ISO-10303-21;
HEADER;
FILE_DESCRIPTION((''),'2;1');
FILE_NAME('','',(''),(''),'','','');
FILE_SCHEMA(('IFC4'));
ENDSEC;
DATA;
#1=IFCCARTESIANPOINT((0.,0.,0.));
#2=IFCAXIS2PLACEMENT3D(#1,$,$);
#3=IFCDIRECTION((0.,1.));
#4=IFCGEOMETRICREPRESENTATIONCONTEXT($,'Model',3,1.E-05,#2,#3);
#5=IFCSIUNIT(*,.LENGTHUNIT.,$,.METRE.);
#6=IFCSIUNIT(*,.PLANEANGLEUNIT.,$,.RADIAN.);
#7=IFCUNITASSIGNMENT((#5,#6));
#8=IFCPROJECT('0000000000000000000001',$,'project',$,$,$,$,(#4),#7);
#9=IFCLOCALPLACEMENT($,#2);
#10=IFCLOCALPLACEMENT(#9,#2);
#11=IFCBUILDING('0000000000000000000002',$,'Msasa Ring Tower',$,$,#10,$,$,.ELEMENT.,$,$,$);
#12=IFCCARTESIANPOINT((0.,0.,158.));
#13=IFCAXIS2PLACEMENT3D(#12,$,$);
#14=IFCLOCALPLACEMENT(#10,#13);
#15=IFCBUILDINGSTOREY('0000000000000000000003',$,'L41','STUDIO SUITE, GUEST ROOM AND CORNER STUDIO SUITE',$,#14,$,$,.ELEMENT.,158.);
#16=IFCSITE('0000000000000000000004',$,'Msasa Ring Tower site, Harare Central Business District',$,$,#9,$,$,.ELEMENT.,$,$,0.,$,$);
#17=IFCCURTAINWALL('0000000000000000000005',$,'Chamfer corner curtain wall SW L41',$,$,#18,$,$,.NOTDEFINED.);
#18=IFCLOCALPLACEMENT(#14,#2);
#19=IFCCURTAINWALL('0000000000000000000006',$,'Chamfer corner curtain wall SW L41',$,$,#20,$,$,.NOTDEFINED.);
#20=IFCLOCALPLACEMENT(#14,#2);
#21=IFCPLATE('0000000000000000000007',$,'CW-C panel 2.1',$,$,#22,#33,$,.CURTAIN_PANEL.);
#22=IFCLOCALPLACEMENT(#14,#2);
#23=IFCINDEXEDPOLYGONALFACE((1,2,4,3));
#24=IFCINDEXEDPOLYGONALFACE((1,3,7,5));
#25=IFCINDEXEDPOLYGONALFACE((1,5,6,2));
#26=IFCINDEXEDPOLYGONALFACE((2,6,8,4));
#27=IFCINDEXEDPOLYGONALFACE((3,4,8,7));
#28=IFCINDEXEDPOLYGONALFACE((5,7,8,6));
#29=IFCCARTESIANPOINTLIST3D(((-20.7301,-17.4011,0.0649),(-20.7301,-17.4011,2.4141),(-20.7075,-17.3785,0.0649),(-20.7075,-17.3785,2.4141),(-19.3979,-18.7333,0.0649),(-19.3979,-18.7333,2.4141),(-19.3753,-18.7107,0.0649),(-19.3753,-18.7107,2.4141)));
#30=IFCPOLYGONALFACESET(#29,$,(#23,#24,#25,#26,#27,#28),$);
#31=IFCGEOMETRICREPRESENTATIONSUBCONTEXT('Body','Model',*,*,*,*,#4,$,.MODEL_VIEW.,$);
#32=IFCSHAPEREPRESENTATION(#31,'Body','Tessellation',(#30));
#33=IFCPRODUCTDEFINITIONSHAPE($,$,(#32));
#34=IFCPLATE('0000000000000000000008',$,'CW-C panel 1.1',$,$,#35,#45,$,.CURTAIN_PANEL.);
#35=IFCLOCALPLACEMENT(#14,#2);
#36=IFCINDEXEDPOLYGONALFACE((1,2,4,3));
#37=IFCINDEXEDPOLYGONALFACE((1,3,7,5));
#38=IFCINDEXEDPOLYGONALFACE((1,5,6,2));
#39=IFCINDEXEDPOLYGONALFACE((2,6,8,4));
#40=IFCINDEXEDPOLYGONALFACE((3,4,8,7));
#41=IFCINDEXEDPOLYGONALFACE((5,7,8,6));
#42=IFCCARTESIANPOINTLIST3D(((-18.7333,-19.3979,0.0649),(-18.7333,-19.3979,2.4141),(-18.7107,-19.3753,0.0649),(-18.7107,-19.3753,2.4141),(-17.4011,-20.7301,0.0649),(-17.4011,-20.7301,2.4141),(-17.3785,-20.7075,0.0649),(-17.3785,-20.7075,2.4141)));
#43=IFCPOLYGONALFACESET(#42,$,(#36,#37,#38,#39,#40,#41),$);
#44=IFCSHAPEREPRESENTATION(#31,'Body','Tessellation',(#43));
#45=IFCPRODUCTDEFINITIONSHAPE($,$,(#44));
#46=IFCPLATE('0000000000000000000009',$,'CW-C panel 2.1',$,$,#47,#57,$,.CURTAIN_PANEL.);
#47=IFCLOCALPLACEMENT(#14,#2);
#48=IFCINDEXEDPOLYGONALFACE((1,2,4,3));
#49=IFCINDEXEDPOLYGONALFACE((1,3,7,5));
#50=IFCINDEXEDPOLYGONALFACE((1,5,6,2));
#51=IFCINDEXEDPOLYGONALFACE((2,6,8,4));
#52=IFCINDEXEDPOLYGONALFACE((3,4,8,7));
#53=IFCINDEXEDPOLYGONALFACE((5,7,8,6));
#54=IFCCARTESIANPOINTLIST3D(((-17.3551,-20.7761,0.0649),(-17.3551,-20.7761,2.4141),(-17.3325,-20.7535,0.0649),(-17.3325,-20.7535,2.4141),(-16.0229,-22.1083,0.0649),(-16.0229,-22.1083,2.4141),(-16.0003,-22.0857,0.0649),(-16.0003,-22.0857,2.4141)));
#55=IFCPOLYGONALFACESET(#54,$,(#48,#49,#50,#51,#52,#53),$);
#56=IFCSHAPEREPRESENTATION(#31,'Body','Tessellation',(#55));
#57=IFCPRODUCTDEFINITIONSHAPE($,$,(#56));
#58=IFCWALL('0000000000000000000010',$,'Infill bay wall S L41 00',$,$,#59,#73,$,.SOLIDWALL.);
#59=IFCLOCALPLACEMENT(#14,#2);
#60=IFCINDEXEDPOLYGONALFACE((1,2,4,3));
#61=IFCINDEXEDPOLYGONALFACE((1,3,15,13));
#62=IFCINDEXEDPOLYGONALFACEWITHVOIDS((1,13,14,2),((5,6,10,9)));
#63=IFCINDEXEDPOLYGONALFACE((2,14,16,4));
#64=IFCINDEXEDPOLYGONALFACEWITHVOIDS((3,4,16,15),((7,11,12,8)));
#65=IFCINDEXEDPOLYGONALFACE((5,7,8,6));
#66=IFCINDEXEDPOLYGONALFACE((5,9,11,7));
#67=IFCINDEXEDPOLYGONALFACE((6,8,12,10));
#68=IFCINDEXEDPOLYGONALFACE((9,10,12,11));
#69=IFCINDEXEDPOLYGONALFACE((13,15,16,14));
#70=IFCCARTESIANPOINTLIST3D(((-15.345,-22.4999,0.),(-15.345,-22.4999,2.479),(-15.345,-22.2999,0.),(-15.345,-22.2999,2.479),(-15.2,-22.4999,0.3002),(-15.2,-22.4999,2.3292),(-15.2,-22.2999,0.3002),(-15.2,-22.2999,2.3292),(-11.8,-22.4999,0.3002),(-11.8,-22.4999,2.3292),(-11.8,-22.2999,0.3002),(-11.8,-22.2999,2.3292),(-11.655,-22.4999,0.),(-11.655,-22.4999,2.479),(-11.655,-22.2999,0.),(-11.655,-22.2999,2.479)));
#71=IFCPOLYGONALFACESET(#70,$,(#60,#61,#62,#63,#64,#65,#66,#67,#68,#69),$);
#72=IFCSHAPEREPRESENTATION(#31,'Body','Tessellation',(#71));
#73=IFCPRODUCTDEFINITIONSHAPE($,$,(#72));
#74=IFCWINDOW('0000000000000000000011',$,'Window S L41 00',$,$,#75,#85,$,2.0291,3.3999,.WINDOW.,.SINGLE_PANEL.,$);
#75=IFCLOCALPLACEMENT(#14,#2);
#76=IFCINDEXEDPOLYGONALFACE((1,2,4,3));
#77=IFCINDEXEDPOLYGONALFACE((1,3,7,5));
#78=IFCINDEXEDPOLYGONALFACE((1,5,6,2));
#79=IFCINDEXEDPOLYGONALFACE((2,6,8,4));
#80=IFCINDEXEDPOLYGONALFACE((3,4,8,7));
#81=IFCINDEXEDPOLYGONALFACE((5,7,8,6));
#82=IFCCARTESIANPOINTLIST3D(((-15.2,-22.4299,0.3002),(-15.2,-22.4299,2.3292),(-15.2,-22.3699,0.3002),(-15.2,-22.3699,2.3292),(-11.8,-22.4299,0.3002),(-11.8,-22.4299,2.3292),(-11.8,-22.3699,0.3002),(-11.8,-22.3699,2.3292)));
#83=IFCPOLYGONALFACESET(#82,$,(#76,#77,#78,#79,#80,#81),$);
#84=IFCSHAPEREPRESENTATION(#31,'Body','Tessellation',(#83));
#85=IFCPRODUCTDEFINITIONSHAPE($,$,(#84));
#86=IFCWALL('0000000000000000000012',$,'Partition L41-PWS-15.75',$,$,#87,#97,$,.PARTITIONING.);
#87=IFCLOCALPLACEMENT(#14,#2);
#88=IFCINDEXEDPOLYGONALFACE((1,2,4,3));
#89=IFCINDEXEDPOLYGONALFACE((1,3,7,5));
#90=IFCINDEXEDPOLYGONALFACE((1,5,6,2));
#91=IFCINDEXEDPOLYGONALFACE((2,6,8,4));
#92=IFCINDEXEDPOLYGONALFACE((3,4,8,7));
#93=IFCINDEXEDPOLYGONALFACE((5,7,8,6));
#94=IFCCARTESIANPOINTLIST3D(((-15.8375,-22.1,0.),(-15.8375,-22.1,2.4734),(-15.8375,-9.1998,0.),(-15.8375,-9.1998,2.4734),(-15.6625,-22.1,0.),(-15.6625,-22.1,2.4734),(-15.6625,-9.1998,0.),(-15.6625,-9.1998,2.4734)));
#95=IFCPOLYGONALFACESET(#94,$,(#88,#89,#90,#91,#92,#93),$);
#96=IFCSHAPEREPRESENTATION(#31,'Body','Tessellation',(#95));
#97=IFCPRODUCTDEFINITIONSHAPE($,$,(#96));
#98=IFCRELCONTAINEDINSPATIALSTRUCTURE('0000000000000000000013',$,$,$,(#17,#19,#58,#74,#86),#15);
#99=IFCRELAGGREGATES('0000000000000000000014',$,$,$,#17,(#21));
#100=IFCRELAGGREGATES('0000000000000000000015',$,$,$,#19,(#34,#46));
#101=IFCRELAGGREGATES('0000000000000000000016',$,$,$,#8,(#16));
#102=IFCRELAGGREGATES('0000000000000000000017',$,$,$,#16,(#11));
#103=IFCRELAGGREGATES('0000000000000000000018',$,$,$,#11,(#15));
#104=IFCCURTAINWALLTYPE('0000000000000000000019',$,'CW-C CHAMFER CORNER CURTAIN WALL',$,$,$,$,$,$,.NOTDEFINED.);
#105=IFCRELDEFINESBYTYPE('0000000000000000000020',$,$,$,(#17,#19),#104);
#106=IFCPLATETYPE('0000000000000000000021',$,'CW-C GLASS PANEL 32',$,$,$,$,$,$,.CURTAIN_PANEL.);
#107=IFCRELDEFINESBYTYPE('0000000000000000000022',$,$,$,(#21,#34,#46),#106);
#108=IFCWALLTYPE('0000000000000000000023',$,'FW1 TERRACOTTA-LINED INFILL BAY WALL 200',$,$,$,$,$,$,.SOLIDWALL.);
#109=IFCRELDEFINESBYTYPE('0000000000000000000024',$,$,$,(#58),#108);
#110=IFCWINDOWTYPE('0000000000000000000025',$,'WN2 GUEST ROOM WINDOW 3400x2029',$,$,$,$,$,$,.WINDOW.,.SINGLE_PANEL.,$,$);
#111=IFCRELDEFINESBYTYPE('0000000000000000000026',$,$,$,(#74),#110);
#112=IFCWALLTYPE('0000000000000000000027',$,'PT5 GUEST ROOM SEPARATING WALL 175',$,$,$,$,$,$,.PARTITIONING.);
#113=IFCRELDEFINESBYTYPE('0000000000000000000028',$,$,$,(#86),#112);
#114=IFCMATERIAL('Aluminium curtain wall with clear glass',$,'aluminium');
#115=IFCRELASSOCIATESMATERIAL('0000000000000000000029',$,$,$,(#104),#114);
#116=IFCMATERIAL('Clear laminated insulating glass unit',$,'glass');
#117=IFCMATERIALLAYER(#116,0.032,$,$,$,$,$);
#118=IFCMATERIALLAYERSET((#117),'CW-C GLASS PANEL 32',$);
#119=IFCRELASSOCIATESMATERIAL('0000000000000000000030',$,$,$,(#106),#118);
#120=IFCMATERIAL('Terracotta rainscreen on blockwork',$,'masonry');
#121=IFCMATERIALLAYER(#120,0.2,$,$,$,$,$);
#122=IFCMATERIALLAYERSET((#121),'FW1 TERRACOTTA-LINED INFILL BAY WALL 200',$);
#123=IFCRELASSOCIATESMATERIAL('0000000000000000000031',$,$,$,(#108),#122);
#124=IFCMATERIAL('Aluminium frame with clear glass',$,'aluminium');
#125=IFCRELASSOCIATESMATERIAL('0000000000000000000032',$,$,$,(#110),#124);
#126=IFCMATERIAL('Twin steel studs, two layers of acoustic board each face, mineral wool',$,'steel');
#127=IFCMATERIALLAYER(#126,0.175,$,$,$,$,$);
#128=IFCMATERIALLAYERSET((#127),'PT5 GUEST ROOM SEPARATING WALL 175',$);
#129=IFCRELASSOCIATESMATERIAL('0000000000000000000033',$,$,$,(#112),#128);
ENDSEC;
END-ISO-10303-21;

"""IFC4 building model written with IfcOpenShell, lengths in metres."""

from ifc_helpers import new_model, si_unit, direction, frame, frame_2d, origin, origin_2d, place, context, subcontext, project, spatial, rectangle, extrude, material, layer, layer_set, type_object, element, fill, aggregate, save


model = new_model("IFC4")

# Units and contexts
model_context = context("Model", 3, precision=1e-05, world=origin(), true_north=direction((0.0, 1.0)))
body_context = subcontext(model_context, "Body", "Model", "MODEL_VIEW")
ifc_project = project(units=[si_unit("LENGTHUNIT", "METRE"), si_unit("PLANEANGLEUNIT", "RADIAN")], contexts=[model_context])

# Site, building, storey
site_placement = place(None, origin())
site = spatial("IfcSite", under=ifc_project, at=site_placement, Name="Msasa Ring Tower site, Harare Central Business District", CompositionType="ELEMENT", RefElevation=0.0)
building_placement = place(site_placement, origin())
building = spatial("IfcBuilding", under=site, at=building_placement, Name="Msasa Ring Tower", CompositionType="ELEMENT")
storey_placement = place(building_placement, frame((0.0, 0.0, 158.0)))
storey = spatial("IfcBuildingStorey", under=building, at=storey_placement, Name="L41", Description="STUDIO SUITE, GUEST ROOM AND CORNER STUDIO SUITE", CompositionType="ELEMENT", Elevation=158.0)

# Curtain walls
ifc_material_1 = material(Name="Aluminium curtain wall with clear glass", Category="aluminium")
curtain_wall_type = type_object("IfcCurtainWallType", Name="CW-C CHAMFER CORNER CURTAIN WALL", PredefinedType="NOTDEFINED", material=ifc_material_1)
curtain_wall_1_placement = place(storey_placement, origin())
curtain_wall_1 = element("IfcCurtainWall", 1, at=curtain_wall_1_placement, inside=storey, type_object=curtain_wall_type, Name="Chamfer corner curtain wall SW L41", PredefinedType="NOTDEFINED")
curtain_wall_2_placement = place(storey_placement, origin())
curtain_wall_2 = element("IfcCurtainWall", 2, at=curtain_wall_2_placement, inside=storey, type_object=curtain_wall_type, Name="Chamfer corner curtain wall SW L41", PredefinedType="NOTDEFINED")

# Plates
ifc_material_2 = material(Name="Clear laminated insulating glass unit", Category="glass")
ifc_layer_1 = layer(ifc_material_2, 0.032)
ifc_layer_set_1 = layer_set([ifc_layer_1], Name="CW-C GLASS PANEL 32")
plate_type = type_object("IfcPlateType", Name="CW-C GLASS PANEL 32", PredefinedType="CURTAIN_PANEL", material=ifc_layer_set_1)
plate_1_placement = place(storey_placement, frame((-20.0527, -18.0559, 0.0649), z_axis=(0.0, 0.0, 1.0), x_axis=(0.707107, -0.707107, 0.0)))
plate_1 = element("IfcPlate", 3, at=plate_1_placement, type_object=plate_type, Name="CW-C panel 2.1", PredefinedType="CURTAIN_PANEL", context=body_context, shape_type="SweptSolid", body=[
    extrude(rectangle(XDim=1.884, YDim=0.032, at=origin_2d()), origin(), (0.0, 0.0, 1.0), 2.3491),
])
aggregate(curtain_wall_1, [plate_1])
plate_2_placement = place(storey_placement, frame((-18.0559, -20.0527, 0.0649), z_axis=(0.0, 0.0, 1.0), x_axis=(0.707107, -0.707107, 0.0)))
plate_2 = element("IfcPlate", 4, at=plate_2_placement, type_object=plate_type, Name="CW-C panel 1.1", PredefinedType="CURTAIN_PANEL", context=body_context, shape_type="SweptSolid", body=[
    extrude(rectangle(XDim=1.884, YDim=0.032, at=origin_2d()), origin(), (0.0, 0.0, 1.0), 2.3491),
])
plate_3_placement = place(storey_placement, frame((-16.6777, -21.4309, 0.0649), z_axis=(0.0, 0.0, 1.0), x_axis=(0.707107, -0.707107, 0.0)))
plate_3 = element("IfcPlate", 5, at=plate_3_placement, type_object=plate_type, Name="CW-C panel 2.1", PredefinedType="CURTAIN_PANEL", context=body_context, shape_type="SweptSolid", body=[
    extrude(rectangle(XDim=1.884, YDim=0.032, at=origin_2d()), origin(), (0.0, 0.0, 1.0), 2.3491),
])
aggregate(curtain_wall_2, [plate_2, plate_3])

# Wall, opening, window
ifc_material_3 = material(Name="Terracotta rainscreen on blockwork", Category="masonry")
ifc_layer_2 = layer(ifc_material_3, 0.2)
ifc_layer_set_2 = layer_set([ifc_layer_2], Name="FW1 TERRACOTTA-LINED INFILL BAY WALL 200")
wall_type_1 = type_object("IfcWallType", Name="FW1 TERRACOTTA-LINED INFILL BAY WALL 200", PredefinedType="SOLIDWALL", material=ifc_layer_set_2)
wall_1_placement = place(storey_placement, frame((-15.345, -22.3999, 0.0), z_axis=(0.0, 0.0, 1.0), x_axis=(1.0, 0.0, 0.0)))
wall_1 = element("IfcWall", 6, at=wall_1_placement, inside=storey, type_object=wall_type_1, Name="Infill bay wall S L41 00", PredefinedType="SOLIDWALL", context=body_context, shape_type="SweptSolid", body=[
    extrude(rectangle(XDim=3.6899, YDim=0.2, at=frame_2d((1.845, 0.0))), origin(), (0.0, 0.0, 1.0), 2.479),
])
opening_placement = place(wall_1_placement, frame((0.145, 0.0, 0.3)))
opening = element("IfcOpeningElement", 7, at=opening_placement, cuts=wall_1, PredefinedType="OPENING", context=body_context, shape_type="SweptSolid", body=[
    extrude(rectangle(XDim=3.3999, YDim=2.0291, at=frame_2d((1.7, 1.0146))), frame((0.0, 0.1099, 0.0), z_axis=(0.0, -1.0, 0.0), x_axis=(1.0, 0.0, 0.0)), (0.0, 0.0, 1.0), 0.22),
])
ifc_material_4 = material(Name="Aluminium frame with clear glass", Category="aluminium")
window_type = type_object("IfcWindowType", Name="WN2 GUEST ROOM WINDOW 3400x2029", PartitioningType="SINGLE_PANEL", PredefinedType="WINDOW", material=ifc_material_4)
window_placement = place(opening_placement, origin())
window = element("IfcWindow", 8, at=window_placement, inside=storey, type_object=window_type, Name="Window S L41 00", OverallHeight=2.0291, OverallWidth=3.3999, PartitioningType="SINGLE_PANEL", PredefinedType="WINDOW", context=body_context, shape_type="SweptSolid", body=[
    extrude(rectangle(XDim=3.3999, YDim=2.0291, at=frame_2d((1.7, 1.0146))), frame((0.0, 0.03, 0.0), z_axis=(0.0, -1.0, 0.0), x_axis=(1.0, 0.0, 0.0)), (0.0, 0.0, 1.0), 0.0601),
])
fill(opening, window)

# Wall
ifc_material_5 = material(Name="Twin steel studs, two layers of acoustic board each face, mineral wool", Category="steel")
ifc_layer_3 = layer(ifc_material_5, 0.175)
ifc_layer_set_3 = layer_set([ifc_layer_3], Name="PT5 GUEST ROOM SEPARATING WALL 175")
wall_type_2 = type_object("IfcWallType", Name="PT5 GUEST ROOM SEPARATING WALL 175", PredefinedType="PARTITIONING", material=ifc_layer_set_3)
wall_2_placement = place(storey_placement, frame((-15.75, -22.1001, 0.0), z_axis=(0.0, 0.0, 1.0), x_axis=(0.0, 1.0, 0.0)))
element("IfcWall", 9, at=wall_2_placement, inside=storey, type_object=wall_type_2, Name="Partition L41-PWS-15.75", PredefinedType="PARTITIONING", context=body_context, shape_type="SweptSolid", body=[
    extrude(rectangle(XDim=12.9001, YDim=0.175, at=frame_2d((6.4502, 0.0))), origin(), (0.0, 0.0, 1.0), 2.4734),
])

save(model, "model.ifc")
